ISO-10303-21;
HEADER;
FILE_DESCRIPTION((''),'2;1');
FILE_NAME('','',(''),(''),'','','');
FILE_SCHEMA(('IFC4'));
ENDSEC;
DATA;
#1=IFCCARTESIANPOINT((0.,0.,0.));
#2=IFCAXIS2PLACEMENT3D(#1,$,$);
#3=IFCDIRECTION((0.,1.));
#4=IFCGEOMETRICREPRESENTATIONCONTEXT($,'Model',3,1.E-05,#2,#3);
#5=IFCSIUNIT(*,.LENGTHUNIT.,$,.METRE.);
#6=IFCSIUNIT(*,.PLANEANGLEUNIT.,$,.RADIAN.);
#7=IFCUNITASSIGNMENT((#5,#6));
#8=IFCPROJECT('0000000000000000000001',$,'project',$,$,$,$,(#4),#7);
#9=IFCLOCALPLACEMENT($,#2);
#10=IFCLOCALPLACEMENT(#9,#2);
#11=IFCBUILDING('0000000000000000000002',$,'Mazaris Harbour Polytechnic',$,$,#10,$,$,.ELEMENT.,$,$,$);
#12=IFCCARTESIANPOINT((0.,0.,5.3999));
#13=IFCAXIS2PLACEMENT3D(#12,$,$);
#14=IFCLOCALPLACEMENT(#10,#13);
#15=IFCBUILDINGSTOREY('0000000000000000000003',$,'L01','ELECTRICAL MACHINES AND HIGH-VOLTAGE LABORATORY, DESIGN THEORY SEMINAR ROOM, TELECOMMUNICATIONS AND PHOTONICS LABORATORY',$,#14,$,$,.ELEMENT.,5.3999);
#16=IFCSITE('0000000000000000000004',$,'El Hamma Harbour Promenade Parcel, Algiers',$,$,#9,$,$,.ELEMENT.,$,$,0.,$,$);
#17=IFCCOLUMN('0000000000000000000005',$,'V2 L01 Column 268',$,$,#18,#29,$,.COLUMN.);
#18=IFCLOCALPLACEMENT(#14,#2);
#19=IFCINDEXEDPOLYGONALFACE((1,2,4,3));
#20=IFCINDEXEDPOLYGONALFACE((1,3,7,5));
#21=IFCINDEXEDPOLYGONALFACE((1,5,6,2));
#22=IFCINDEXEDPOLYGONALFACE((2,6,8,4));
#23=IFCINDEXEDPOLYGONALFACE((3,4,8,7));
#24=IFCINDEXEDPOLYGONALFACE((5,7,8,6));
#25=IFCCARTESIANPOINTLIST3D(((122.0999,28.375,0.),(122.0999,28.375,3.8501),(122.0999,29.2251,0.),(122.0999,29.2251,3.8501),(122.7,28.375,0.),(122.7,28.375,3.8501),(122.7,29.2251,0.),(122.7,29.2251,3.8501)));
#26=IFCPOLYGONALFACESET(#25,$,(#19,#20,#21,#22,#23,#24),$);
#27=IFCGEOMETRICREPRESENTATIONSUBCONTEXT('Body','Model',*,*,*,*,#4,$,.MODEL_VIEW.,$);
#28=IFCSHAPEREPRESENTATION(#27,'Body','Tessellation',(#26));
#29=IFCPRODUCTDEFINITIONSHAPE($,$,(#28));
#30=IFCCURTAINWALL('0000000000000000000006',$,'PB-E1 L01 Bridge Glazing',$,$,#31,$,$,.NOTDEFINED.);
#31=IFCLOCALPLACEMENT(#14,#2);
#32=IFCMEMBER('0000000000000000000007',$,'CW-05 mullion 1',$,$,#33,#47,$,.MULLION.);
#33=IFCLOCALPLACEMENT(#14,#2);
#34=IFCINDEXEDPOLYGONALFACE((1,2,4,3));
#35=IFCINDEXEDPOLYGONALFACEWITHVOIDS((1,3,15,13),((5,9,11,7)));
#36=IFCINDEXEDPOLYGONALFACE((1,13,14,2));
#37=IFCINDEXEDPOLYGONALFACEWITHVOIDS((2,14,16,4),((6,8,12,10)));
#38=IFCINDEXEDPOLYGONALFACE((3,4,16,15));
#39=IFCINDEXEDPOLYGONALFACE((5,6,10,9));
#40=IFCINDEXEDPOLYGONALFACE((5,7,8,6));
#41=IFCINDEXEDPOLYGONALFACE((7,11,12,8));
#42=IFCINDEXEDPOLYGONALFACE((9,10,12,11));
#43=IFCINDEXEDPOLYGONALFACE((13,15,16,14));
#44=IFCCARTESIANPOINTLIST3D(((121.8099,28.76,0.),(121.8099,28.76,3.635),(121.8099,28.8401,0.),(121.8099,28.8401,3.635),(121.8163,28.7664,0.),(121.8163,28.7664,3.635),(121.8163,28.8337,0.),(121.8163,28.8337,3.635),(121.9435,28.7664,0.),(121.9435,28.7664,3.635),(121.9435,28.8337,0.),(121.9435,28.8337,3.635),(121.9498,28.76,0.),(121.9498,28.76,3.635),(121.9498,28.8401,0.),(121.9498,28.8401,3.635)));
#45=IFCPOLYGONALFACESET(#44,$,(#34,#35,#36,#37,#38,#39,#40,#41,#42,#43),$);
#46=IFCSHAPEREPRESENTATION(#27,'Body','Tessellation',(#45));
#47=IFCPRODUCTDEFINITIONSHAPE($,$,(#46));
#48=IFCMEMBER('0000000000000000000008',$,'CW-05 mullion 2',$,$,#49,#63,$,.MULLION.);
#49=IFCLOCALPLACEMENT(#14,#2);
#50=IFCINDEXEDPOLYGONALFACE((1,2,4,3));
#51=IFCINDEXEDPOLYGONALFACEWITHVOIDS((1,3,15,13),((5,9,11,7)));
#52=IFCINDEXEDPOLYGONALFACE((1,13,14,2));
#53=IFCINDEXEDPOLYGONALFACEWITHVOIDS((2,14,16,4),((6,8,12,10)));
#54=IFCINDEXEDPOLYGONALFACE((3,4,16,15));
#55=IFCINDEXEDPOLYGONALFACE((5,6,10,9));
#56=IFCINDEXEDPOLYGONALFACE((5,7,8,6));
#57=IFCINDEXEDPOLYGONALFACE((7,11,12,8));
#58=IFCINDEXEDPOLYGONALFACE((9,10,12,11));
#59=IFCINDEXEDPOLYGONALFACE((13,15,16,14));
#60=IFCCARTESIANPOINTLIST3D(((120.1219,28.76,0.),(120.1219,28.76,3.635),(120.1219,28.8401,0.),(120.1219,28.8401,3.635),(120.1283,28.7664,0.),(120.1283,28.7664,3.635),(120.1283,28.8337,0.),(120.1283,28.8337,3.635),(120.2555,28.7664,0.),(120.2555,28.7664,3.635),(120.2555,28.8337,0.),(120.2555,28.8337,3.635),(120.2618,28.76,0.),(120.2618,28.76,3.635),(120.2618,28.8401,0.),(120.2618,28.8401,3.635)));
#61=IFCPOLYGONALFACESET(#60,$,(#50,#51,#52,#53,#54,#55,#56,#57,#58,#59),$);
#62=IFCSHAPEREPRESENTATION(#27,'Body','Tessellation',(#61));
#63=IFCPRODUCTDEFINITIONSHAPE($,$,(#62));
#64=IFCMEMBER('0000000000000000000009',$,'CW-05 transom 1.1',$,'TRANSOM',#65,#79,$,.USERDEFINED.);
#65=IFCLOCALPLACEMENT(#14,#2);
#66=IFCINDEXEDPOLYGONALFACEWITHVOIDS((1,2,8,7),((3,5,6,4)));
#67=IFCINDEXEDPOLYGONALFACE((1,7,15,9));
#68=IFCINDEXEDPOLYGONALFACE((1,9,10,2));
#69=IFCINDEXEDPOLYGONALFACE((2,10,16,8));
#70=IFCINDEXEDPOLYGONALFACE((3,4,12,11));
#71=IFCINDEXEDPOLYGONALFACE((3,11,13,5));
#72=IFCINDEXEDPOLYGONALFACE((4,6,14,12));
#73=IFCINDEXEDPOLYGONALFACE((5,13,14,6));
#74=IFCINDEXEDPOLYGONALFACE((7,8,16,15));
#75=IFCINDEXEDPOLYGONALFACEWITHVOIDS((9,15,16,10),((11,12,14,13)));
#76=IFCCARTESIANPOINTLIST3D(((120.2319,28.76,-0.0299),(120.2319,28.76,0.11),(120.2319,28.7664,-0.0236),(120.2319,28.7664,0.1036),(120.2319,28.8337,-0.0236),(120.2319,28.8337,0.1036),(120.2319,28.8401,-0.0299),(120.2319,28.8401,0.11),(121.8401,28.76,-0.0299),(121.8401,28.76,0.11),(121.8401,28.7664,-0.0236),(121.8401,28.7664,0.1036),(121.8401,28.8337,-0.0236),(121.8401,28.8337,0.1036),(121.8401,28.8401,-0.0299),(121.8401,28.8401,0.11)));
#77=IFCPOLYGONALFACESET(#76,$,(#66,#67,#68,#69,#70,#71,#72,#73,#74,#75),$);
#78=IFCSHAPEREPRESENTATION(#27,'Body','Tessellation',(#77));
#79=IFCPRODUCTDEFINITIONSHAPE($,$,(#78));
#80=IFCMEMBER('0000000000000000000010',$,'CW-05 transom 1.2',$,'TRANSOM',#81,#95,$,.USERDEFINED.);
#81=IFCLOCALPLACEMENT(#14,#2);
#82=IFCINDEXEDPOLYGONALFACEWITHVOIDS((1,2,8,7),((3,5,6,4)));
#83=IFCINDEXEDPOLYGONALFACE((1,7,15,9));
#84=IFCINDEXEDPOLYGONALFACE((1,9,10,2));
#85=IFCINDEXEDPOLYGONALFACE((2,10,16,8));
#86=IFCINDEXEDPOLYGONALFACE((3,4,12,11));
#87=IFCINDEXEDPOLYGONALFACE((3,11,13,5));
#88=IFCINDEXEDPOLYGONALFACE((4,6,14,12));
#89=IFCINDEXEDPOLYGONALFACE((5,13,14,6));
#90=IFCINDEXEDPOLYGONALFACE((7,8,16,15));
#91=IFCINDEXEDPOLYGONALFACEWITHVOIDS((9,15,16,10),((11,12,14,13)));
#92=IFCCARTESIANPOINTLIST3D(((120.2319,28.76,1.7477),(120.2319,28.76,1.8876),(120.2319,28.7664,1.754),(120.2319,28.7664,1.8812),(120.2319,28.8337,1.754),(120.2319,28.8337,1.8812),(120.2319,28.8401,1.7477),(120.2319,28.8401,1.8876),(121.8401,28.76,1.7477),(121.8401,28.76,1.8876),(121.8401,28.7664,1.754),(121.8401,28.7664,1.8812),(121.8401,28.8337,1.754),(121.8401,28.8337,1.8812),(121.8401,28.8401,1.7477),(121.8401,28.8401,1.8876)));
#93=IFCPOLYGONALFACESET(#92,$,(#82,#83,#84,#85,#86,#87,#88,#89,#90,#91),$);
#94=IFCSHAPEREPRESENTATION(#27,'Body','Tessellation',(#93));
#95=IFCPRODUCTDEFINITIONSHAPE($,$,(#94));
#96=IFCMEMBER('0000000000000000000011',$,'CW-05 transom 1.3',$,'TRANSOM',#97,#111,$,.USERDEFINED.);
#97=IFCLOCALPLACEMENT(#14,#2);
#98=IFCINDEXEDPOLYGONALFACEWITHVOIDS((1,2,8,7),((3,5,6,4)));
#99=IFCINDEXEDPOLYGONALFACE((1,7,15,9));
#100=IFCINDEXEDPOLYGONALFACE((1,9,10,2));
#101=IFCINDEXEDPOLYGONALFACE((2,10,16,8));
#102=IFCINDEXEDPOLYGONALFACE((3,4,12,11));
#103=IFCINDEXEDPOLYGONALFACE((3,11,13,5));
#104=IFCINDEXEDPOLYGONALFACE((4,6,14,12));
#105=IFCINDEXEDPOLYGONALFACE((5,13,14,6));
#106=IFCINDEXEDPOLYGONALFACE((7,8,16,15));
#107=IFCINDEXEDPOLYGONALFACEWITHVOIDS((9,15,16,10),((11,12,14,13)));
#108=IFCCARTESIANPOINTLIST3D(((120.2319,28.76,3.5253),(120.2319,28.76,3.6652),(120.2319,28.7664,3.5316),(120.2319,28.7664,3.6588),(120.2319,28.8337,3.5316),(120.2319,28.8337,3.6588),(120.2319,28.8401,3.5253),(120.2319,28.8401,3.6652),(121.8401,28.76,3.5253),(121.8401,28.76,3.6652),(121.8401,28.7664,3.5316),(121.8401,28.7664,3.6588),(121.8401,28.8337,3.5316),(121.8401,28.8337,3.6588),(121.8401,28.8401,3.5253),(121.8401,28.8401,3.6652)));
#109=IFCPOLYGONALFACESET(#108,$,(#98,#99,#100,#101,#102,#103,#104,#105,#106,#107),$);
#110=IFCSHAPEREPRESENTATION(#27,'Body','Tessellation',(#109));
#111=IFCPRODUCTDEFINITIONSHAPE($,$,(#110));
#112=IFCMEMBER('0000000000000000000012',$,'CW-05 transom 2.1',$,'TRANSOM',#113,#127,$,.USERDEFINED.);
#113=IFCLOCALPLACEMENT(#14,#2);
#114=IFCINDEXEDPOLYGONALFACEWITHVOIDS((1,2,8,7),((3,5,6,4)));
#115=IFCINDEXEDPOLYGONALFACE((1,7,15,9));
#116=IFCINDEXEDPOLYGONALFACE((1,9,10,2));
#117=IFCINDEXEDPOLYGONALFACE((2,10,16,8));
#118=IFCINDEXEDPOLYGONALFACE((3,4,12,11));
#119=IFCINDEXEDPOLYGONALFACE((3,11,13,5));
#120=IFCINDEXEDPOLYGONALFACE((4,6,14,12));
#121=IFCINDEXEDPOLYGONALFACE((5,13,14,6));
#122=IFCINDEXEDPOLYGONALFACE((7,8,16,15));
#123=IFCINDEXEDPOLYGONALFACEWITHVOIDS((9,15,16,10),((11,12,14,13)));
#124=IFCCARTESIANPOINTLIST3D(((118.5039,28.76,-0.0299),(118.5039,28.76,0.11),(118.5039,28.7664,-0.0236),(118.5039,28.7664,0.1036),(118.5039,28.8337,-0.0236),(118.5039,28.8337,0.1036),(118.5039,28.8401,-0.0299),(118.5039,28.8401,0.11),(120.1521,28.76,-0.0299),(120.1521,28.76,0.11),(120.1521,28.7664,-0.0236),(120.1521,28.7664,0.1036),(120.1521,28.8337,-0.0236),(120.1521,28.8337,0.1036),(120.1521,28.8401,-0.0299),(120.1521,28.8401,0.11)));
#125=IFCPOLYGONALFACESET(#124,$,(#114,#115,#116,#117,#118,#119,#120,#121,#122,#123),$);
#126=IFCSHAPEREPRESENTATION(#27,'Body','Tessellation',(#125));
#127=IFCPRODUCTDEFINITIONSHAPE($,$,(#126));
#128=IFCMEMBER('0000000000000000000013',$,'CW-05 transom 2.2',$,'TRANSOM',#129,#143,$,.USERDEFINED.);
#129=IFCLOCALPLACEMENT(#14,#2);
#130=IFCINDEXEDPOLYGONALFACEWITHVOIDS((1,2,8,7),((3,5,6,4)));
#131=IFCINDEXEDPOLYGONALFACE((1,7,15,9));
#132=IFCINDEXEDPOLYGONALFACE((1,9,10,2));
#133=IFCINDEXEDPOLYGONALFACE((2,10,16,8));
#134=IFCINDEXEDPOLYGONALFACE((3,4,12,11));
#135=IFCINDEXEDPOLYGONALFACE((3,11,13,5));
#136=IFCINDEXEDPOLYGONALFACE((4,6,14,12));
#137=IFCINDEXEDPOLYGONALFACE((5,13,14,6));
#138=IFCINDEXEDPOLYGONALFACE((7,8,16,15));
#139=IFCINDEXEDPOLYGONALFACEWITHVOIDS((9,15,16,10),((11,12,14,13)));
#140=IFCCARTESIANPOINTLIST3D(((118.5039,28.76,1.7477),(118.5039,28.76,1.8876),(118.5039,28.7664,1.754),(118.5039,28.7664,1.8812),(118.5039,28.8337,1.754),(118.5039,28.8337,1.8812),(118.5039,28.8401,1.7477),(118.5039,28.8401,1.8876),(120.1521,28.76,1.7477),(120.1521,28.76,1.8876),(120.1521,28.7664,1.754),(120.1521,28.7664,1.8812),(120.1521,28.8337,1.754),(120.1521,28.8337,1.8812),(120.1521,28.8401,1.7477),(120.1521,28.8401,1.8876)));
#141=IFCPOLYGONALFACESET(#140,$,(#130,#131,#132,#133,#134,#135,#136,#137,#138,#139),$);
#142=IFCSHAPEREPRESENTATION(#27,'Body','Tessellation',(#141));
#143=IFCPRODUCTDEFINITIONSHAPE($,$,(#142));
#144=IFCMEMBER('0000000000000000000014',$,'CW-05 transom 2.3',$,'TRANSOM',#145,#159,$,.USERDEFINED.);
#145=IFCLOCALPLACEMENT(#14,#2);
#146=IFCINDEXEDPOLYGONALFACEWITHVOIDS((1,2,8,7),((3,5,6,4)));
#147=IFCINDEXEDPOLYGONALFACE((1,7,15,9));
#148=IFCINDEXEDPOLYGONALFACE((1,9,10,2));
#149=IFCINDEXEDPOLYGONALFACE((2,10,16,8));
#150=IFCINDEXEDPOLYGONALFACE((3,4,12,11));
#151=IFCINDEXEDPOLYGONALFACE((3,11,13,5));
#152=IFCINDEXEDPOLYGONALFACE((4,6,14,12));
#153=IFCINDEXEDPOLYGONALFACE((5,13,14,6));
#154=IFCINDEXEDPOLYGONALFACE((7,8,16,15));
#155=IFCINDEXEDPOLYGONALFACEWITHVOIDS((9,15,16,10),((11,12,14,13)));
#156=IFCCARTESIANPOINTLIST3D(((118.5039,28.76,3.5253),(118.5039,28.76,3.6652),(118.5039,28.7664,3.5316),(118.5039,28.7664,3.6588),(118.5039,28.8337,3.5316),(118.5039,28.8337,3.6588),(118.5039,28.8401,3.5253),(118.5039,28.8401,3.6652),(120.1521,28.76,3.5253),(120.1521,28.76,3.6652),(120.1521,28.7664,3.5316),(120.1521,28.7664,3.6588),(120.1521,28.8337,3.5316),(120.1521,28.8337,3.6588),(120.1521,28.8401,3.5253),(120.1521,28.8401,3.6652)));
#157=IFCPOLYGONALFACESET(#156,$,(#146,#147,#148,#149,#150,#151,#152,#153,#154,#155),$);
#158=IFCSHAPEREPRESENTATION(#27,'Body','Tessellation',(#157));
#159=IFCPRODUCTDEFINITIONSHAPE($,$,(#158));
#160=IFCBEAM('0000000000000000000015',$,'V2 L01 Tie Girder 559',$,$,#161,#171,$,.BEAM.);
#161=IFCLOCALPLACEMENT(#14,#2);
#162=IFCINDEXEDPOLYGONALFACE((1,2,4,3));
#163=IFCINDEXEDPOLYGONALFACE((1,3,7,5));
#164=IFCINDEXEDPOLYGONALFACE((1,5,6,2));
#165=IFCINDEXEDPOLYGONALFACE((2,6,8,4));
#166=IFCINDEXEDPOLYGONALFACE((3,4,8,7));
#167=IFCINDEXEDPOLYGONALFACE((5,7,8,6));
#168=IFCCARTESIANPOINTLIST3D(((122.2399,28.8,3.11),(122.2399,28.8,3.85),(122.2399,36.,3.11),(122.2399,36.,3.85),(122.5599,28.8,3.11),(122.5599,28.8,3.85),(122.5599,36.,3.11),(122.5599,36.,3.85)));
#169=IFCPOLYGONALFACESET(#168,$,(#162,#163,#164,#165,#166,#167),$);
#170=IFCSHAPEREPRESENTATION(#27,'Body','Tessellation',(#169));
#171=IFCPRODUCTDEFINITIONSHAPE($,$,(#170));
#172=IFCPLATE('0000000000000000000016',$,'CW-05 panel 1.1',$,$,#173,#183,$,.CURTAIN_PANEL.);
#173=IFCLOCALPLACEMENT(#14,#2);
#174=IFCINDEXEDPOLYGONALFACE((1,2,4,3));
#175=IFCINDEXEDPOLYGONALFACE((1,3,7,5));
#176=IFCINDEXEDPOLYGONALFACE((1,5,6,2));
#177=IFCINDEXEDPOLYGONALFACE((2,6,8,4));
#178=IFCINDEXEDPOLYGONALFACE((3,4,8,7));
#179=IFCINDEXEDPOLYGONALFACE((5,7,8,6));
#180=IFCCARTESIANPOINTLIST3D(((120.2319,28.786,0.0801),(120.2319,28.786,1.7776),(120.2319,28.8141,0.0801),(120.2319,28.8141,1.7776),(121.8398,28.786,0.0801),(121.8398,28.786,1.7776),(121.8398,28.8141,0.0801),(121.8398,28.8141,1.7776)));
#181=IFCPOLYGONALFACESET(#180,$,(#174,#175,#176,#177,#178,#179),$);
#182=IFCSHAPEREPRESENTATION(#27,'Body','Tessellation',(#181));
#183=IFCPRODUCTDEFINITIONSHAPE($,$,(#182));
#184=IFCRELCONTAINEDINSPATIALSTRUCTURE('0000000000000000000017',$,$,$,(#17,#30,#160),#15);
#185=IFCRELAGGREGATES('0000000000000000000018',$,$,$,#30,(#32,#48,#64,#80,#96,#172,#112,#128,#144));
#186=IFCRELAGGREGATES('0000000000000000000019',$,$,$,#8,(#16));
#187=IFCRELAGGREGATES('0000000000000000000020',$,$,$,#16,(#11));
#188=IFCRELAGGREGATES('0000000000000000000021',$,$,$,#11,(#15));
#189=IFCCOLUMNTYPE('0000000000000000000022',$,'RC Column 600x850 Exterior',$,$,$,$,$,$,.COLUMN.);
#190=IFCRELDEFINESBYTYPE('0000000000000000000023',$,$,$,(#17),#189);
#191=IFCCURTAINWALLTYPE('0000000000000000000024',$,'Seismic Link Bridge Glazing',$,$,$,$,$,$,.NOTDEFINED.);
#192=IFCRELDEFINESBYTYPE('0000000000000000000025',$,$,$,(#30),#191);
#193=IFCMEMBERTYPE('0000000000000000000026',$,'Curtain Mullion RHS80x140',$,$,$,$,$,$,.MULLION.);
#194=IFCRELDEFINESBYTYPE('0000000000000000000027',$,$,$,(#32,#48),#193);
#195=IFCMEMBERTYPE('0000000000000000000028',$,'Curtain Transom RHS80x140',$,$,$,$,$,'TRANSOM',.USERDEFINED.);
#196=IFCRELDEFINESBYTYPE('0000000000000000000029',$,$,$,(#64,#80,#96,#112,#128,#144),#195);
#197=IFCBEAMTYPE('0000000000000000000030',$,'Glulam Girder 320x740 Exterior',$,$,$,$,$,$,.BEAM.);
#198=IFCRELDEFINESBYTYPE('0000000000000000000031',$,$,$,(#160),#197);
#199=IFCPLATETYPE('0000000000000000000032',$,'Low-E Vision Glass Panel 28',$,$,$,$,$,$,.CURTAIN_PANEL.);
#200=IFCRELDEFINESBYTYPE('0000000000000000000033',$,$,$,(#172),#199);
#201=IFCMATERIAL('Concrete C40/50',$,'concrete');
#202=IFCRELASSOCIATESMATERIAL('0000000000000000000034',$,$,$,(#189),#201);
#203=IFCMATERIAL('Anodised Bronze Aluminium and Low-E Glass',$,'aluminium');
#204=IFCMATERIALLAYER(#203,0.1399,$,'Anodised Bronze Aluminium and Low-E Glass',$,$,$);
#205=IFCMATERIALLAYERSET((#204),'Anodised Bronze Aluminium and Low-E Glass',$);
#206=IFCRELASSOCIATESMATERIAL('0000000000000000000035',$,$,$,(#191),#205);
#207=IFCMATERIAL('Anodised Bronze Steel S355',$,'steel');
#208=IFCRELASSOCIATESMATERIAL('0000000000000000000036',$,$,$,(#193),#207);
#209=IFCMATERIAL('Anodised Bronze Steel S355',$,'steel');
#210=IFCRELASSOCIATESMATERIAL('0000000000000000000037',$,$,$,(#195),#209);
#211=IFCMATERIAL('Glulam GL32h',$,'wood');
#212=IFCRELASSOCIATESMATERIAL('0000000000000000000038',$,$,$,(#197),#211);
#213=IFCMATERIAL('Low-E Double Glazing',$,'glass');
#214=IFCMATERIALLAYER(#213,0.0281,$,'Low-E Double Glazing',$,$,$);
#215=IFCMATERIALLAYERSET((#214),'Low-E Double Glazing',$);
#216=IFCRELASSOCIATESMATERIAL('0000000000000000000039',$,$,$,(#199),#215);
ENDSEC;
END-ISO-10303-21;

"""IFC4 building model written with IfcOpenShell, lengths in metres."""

from ifc_helpers import new_model, si_unit, direction, frame, origin, origin_2d, place, context, subcontext, project, spatial, rectangle, hollow_rectangle, extrude, material, layer, layer_set, material_profile, profile_set, type_object, element, aggregate, save


model = new_model("IFC4")

# Units and contexts
model_context = context("Model", 3, precision=1e-05, world=origin(), true_north=direction((0.0, 1.0)))
body_context = subcontext(model_context, "Body", "Model", "MODEL_VIEW")
ifc_project = project(units=[si_unit("LENGTHUNIT", "METRE"), si_unit("PLANEANGLEUNIT", "RADIAN")], contexts=[model_context])

# Site, building, storey
site_placement = place(None, origin())
site = spatial("IfcSite", under=ifc_project, at=site_placement, Name="El Hamma Harbour Promenade Parcel, Algiers", CompositionType="ELEMENT", RefElevation=0.0)
building_placement = place(site_placement, origin())
building = spatial("IfcBuilding", under=site, at=building_placement, Name="Mazaris Harbour Polytechnic", CompositionType="ELEMENT")
storey_placement = place(building_placement, frame((0.0, 0.0, 5.3999)))
storey = spatial("IfcBuildingStorey", under=building, at=storey_placement, Name="L01", Description="ELECTRICAL MACHINES AND HIGH-VOLTAGE LABORATORY, DESIGN THEORY SEMINAR ROOM, TELECOMMUNICATIONS AND PHOTONICS LABORATORY", CompositionType="ELEMENT", Elevation=5.3999)

# Column
ifc_material_1 = material(Name="Concrete C40/50", Category="concrete")
ifc_material_profile_1 = material_profile(ifc_material_1, rectangle(XDim=0.6001, YDim=0.8501, at=origin_2d()), Name="RECT600x850")
ifc_profile_set_1 = profile_set([ifc_material_profile_1], Name="Concrete C40/50")
column_type = type_object("IfcColumnType", Name="RC Column 600x850 Exterior", PredefinedType="COLUMN", material=ifc_profile_set_1)
column_placement = place(storey_placement, frame((122.3999, 28.8, 0.0), z_axis=(0.0, 0.0, 1.0), x_axis=(1.0, 0.0, 0.0)))
element("IfcColumn", 1, at=column_placement, inside=storey, type_object=column_type, Name="V2 L01 Column 268", PredefinedType="COLUMN", context=body_context, shape_type="SweptSolid", body=[
    extrude(rectangle(XDim=0.6001, YDim=0.8501, at=origin_2d()), origin(), (0.0, 0.0, 1.0), 3.8501),
])

# Curtain wall, members
ifc_material_2 = material(Name="Anodised Bronze Aluminium and Low-E Glass", Category="aluminium")
ifc_layer_1 = layer(ifc_material_2, 0.1399, Name="Anodised Bronze Aluminium and Low-E Glass")
ifc_layer_set_1 = layer_set([ifc_layer_1], Name="Anodised Bronze Aluminium and Low-E Glass")
curtain_wall_type = type_object("IfcCurtainWallType", Name="Seismic Link Bridge Glazing", PredefinedType="NOTDEFINED", material=ifc_layer_set_1)
curtain_wall_placement = place(storey_placement, origin())
curtain_wall = element("IfcCurtainWall", 2, at=curtain_wall_placement, inside=storey, type_object=curtain_wall_type, Name="PB-E1 L01 Bridge Glazing", PredefinedType="NOTDEFINED")
ifc_material_3 = material(Name="Anodised Bronze Steel S355", Category="steel")
ifc_material_profile_2 = material_profile(ifc_material_3, hollow_rectangle(XDim=0.0801, YDim=0.1399, WallThickness=0.0063, at=origin_2d()), Name="RHS 80x140x6.3")
ifc_profile_set_2 = profile_set([ifc_material_profile_2], Name="Anodised Bronze Steel S355")
member_type_1 = type_object("IfcMemberType", Name="Curtain Mullion RHS80x140", PredefinedType="MULLION", material=ifc_profile_set_2)
member_1_placement = place(storey_placement, frame((121.8799, 28.8, 0.0), z_axis=(0.0, 0.0, 1.0), x_axis=(0.0, -1.0, 0.0)))
member_1 = element("IfcMember", 3, at=member_1_placement, type_object=member_type_1, Name="CW-05 mullion 1", PredefinedType="MULLION", context=body_context, shape_type="SweptSolid", body=[
    extrude(hollow_rectangle(XDim=0.0801, YDim=0.1399, WallThickness=0.0063, at=origin_2d()), origin(), (0.0, 0.0, 1.0), 3.635),
])
member_2_placement = place(storey_placement, frame((120.1919, 28.8, 0.0), z_axis=(0.0, 0.0, 1.0), x_axis=(0.0, -1.0, 0.0)))
member_2 = element("IfcMember", 4, at=member_2_placement, type_object=member_type_1, Name="CW-05 mullion 2", PredefinedType="MULLION", context=body_context, shape_type="SweptSolid", body=[
    extrude(hollow_rectangle(XDim=0.0801, YDim=0.1399, WallThickness=0.0063, at=origin_2d()), origin(), (0.0, 0.0, 1.0), 3.635),
])
ifc_material_4 = material(Name="Anodised Bronze Steel S355", Category="steel")
ifc_material_profile_3 = material_profile(ifc_material_4, hollow_rectangle(XDim=0.0801, YDim=0.1399, WallThickness=0.0063, at=origin_2d()), Name="RHS 80x140x6.3")
ifc_profile_set_3 = profile_set([ifc_material_profile_3], Name="Anodised Bronze Steel S355")
member_type_2 = type_object("IfcMemberType", Name="Curtain Transom RHS80x140", ElementType="TRANSOM", PredefinedType="USERDEFINED", material=ifc_profile_set_3)
member_3_placement = place(storey_placement, frame((121.8401, 28.8, 0.04), z_axis=(-1.0, 0.0, 0.0), x_axis=(0.0, -1.0, 0.0)))
member_3 = element("IfcMember", 5, at=member_3_placement, type_object=member_type_2, Name="CW-05 transom 1.1", ObjectType="TRANSOM", PredefinedType="USERDEFINED", context=body_context, shape_type="SweptSolid", body=[
    extrude(hollow_rectangle(XDim=0.0801, YDim=0.1399, WallThickness=0.0063, at=origin_2d()), origin(), (0.0, 0.0, 1.0), 1.6082),
])
member_4_placement = place(storey_placement, frame((121.8401, 28.8, 1.8176), z_axis=(-1.0, 0.0, 0.0), x_axis=(0.0, -1.0, 0.0)))
member_4 = element("IfcMember", 6, at=member_4_placement, type_object=member_type_2, Name="CW-05 transom 1.2", ObjectType="TRANSOM", PredefinedType="USERDEFINED", context=body_context, shape_type="SweptSolid", body=[
    extrude(hollow_rectangle(XDim=0.0801, YDim=0.1399, WallThickness=0.0063, at=origin_2d()), origin(), (0.0, 0.0, 1.0), 1.6082),
])
member_5_placement = place(storey_placement, frame((121.8401, 28.8, 3.5952), z_axis=(-1.0, 0.0, 0.0), x_axis=(0.0, -1.0, 0.0)))
member_5 = element("IfcMember", 7, at=member_5_placement, type_object=member_type_2, Name="CW-05 transom 1.3", ObjectType="TRANSOM", PredefinedType="USERDEFINED", context=body_context, shape_type="SweptSolid", body=[
    extrude(hollow_rectangle(XDim=0.0801, YDim=0.1399, WallThickness=0.0063, at=origin_2d()), origin(), (0.0, 0.0, 1.0), 1.6082),
])
member_6_placement = place(storey_placement, frame((120.1521, 28.8, 0.04), z_axis=(-1.0, 0.0, 0.0), x_axis=(0.0, -1.0, 0.0)))
member_6 = element("IfcMember", 8, at=member_6_placement, type_object=member_type_2, Name="CW-05 transom 2.1", ObjectType="TRANSOM", PredefinedType="USERDEFINED", context=body_context, shape_type="SweptSolid", body=[
    extrude(hollow_rectangle(XDim=0.0801, YDim=0.1399, WallThickness=0.0063, at=origin_2d()), origin(), (0.0, 0.0, 1.0), 1.6482),
])
member_7_placement = place(storey_placement, frame((120.1521, 28.8, 1.8176), z_axis=(-1.0, 0.0, 0.0), x_axis=(0.0, -1.0, 0.0)))
member_7 = element("IfcMember", 9, at=member_7_placement, type_object=member_type_2, Name="CW-05 transom 2.2", ObjectType="TRANSOM", PredefinedType="USERDEFINED", context=body_context, shape_type="SweptSolid", body=[
    extrude(hollow_rectangle(XDim=0.0801, YDim=0.1399, WallThickness=0.0063, at=origin_2d()), origin(), (0.0, 0.0, 1.0), 1.6482),
])
member_8_placement = place(storey_placement, frame((120.1521, 28.8, 3.5952), z_axis=(-1.0, 0.0, 0.0), x_axis=(0.0, -1.0, 0.0)))
member_8 = element("IfcMember", 10, at=member_8_placement, type_object=member_type_2, Name="CW-05 transom 2.3", ObjectType="TRANSOM", PredefinedType="USERDEFINED", context=body_context, shape_type="SweptSolid", body=[
    extrude(hollow_rectangle(XDim=0.0801, YDim=0.1399, WallThickness=0.0063, at=origin_2d()), origin(), (0.0, 0.0, 1.0), 1.6482),
])

# Beam
ifc_material_5 = material(Name="Glulam GL32h", Category="wood")
ifc_material_profile_4 = material_profile(ifc_material_5, rectangle(XDim=0.3201, YDim=0.74, at=origin_2d()), Name="RECT320x740")
ifc_profile_set_4 = profile_set([ifc_material_profile_4], Name="Glulam GL32h")
beam_type = type_object("IfcBeamType", Name="Glulam Girder 320x740 Exterior", PredefinedType="BEAM", material=ifc_profile_set_4)
beam_placement = place(storey_placement, frame((122.3999, 28.8, 3.48), z_axis=(0.0, 1.0, 0.0), x_axis=(-1.0, 0.0, 0.0)))
element("IfcBeam", 11, at=beam_placement, inside=storey, type_object=beam_type, Name="V2 L01 Tie Girder 559", PredefinedType="BEAM", context=body_context, shape_type="SweptSolid", body=[
    extrude(rectangle(XDim=0.3201, YDim=0.74, at=origin_2d()), origin(), (0.0, 0.0, 1.0), 7.2),
])

# Plate
ifc_material_6 = material(Name="Low-E Double Glazing", Category="glass")
ifc_layer_2 = layer(ifc_material_6, 0.0281, Name="Low-E Double Glazing")
ifc_layer_set_2 = layer_set([ifc_layer_2], Name="Low-E Double Glazing")
plate_type = type_object("IfcPlateType", Name="Low-E Vision Glass Panel 28", PredefinedType="CURTAIN_PANEL", material=ifc_layer_set_2)
plate_1_placement = place(storey_placement, frame((121.0359, 28.8, 0.0801), z_axis=(0.0, 0.0, 1.0), x_axis=(-1.0, 0.0, 0.0)))
plate_1 = element("IfcPlate", 12, at=plate_1_placement, type_object=plate_type, Name="CW-05 panel 1.1", PredefinedType="CURTAIN_PANEL", context=body_context, shape_type="SweptSolid", body=[
    extrude(rectangle(XDim=1.6079, YDim=0.0281, at=origin_2d()), origin(), (0.0, 0.0, 1.0), 1.6975),
])
aggregate(curtain_wall, [member_1, member_2, member_3, member_4, member_5, plate_1, member_6, member_7, member_8])

save(model, "model.ifc")
